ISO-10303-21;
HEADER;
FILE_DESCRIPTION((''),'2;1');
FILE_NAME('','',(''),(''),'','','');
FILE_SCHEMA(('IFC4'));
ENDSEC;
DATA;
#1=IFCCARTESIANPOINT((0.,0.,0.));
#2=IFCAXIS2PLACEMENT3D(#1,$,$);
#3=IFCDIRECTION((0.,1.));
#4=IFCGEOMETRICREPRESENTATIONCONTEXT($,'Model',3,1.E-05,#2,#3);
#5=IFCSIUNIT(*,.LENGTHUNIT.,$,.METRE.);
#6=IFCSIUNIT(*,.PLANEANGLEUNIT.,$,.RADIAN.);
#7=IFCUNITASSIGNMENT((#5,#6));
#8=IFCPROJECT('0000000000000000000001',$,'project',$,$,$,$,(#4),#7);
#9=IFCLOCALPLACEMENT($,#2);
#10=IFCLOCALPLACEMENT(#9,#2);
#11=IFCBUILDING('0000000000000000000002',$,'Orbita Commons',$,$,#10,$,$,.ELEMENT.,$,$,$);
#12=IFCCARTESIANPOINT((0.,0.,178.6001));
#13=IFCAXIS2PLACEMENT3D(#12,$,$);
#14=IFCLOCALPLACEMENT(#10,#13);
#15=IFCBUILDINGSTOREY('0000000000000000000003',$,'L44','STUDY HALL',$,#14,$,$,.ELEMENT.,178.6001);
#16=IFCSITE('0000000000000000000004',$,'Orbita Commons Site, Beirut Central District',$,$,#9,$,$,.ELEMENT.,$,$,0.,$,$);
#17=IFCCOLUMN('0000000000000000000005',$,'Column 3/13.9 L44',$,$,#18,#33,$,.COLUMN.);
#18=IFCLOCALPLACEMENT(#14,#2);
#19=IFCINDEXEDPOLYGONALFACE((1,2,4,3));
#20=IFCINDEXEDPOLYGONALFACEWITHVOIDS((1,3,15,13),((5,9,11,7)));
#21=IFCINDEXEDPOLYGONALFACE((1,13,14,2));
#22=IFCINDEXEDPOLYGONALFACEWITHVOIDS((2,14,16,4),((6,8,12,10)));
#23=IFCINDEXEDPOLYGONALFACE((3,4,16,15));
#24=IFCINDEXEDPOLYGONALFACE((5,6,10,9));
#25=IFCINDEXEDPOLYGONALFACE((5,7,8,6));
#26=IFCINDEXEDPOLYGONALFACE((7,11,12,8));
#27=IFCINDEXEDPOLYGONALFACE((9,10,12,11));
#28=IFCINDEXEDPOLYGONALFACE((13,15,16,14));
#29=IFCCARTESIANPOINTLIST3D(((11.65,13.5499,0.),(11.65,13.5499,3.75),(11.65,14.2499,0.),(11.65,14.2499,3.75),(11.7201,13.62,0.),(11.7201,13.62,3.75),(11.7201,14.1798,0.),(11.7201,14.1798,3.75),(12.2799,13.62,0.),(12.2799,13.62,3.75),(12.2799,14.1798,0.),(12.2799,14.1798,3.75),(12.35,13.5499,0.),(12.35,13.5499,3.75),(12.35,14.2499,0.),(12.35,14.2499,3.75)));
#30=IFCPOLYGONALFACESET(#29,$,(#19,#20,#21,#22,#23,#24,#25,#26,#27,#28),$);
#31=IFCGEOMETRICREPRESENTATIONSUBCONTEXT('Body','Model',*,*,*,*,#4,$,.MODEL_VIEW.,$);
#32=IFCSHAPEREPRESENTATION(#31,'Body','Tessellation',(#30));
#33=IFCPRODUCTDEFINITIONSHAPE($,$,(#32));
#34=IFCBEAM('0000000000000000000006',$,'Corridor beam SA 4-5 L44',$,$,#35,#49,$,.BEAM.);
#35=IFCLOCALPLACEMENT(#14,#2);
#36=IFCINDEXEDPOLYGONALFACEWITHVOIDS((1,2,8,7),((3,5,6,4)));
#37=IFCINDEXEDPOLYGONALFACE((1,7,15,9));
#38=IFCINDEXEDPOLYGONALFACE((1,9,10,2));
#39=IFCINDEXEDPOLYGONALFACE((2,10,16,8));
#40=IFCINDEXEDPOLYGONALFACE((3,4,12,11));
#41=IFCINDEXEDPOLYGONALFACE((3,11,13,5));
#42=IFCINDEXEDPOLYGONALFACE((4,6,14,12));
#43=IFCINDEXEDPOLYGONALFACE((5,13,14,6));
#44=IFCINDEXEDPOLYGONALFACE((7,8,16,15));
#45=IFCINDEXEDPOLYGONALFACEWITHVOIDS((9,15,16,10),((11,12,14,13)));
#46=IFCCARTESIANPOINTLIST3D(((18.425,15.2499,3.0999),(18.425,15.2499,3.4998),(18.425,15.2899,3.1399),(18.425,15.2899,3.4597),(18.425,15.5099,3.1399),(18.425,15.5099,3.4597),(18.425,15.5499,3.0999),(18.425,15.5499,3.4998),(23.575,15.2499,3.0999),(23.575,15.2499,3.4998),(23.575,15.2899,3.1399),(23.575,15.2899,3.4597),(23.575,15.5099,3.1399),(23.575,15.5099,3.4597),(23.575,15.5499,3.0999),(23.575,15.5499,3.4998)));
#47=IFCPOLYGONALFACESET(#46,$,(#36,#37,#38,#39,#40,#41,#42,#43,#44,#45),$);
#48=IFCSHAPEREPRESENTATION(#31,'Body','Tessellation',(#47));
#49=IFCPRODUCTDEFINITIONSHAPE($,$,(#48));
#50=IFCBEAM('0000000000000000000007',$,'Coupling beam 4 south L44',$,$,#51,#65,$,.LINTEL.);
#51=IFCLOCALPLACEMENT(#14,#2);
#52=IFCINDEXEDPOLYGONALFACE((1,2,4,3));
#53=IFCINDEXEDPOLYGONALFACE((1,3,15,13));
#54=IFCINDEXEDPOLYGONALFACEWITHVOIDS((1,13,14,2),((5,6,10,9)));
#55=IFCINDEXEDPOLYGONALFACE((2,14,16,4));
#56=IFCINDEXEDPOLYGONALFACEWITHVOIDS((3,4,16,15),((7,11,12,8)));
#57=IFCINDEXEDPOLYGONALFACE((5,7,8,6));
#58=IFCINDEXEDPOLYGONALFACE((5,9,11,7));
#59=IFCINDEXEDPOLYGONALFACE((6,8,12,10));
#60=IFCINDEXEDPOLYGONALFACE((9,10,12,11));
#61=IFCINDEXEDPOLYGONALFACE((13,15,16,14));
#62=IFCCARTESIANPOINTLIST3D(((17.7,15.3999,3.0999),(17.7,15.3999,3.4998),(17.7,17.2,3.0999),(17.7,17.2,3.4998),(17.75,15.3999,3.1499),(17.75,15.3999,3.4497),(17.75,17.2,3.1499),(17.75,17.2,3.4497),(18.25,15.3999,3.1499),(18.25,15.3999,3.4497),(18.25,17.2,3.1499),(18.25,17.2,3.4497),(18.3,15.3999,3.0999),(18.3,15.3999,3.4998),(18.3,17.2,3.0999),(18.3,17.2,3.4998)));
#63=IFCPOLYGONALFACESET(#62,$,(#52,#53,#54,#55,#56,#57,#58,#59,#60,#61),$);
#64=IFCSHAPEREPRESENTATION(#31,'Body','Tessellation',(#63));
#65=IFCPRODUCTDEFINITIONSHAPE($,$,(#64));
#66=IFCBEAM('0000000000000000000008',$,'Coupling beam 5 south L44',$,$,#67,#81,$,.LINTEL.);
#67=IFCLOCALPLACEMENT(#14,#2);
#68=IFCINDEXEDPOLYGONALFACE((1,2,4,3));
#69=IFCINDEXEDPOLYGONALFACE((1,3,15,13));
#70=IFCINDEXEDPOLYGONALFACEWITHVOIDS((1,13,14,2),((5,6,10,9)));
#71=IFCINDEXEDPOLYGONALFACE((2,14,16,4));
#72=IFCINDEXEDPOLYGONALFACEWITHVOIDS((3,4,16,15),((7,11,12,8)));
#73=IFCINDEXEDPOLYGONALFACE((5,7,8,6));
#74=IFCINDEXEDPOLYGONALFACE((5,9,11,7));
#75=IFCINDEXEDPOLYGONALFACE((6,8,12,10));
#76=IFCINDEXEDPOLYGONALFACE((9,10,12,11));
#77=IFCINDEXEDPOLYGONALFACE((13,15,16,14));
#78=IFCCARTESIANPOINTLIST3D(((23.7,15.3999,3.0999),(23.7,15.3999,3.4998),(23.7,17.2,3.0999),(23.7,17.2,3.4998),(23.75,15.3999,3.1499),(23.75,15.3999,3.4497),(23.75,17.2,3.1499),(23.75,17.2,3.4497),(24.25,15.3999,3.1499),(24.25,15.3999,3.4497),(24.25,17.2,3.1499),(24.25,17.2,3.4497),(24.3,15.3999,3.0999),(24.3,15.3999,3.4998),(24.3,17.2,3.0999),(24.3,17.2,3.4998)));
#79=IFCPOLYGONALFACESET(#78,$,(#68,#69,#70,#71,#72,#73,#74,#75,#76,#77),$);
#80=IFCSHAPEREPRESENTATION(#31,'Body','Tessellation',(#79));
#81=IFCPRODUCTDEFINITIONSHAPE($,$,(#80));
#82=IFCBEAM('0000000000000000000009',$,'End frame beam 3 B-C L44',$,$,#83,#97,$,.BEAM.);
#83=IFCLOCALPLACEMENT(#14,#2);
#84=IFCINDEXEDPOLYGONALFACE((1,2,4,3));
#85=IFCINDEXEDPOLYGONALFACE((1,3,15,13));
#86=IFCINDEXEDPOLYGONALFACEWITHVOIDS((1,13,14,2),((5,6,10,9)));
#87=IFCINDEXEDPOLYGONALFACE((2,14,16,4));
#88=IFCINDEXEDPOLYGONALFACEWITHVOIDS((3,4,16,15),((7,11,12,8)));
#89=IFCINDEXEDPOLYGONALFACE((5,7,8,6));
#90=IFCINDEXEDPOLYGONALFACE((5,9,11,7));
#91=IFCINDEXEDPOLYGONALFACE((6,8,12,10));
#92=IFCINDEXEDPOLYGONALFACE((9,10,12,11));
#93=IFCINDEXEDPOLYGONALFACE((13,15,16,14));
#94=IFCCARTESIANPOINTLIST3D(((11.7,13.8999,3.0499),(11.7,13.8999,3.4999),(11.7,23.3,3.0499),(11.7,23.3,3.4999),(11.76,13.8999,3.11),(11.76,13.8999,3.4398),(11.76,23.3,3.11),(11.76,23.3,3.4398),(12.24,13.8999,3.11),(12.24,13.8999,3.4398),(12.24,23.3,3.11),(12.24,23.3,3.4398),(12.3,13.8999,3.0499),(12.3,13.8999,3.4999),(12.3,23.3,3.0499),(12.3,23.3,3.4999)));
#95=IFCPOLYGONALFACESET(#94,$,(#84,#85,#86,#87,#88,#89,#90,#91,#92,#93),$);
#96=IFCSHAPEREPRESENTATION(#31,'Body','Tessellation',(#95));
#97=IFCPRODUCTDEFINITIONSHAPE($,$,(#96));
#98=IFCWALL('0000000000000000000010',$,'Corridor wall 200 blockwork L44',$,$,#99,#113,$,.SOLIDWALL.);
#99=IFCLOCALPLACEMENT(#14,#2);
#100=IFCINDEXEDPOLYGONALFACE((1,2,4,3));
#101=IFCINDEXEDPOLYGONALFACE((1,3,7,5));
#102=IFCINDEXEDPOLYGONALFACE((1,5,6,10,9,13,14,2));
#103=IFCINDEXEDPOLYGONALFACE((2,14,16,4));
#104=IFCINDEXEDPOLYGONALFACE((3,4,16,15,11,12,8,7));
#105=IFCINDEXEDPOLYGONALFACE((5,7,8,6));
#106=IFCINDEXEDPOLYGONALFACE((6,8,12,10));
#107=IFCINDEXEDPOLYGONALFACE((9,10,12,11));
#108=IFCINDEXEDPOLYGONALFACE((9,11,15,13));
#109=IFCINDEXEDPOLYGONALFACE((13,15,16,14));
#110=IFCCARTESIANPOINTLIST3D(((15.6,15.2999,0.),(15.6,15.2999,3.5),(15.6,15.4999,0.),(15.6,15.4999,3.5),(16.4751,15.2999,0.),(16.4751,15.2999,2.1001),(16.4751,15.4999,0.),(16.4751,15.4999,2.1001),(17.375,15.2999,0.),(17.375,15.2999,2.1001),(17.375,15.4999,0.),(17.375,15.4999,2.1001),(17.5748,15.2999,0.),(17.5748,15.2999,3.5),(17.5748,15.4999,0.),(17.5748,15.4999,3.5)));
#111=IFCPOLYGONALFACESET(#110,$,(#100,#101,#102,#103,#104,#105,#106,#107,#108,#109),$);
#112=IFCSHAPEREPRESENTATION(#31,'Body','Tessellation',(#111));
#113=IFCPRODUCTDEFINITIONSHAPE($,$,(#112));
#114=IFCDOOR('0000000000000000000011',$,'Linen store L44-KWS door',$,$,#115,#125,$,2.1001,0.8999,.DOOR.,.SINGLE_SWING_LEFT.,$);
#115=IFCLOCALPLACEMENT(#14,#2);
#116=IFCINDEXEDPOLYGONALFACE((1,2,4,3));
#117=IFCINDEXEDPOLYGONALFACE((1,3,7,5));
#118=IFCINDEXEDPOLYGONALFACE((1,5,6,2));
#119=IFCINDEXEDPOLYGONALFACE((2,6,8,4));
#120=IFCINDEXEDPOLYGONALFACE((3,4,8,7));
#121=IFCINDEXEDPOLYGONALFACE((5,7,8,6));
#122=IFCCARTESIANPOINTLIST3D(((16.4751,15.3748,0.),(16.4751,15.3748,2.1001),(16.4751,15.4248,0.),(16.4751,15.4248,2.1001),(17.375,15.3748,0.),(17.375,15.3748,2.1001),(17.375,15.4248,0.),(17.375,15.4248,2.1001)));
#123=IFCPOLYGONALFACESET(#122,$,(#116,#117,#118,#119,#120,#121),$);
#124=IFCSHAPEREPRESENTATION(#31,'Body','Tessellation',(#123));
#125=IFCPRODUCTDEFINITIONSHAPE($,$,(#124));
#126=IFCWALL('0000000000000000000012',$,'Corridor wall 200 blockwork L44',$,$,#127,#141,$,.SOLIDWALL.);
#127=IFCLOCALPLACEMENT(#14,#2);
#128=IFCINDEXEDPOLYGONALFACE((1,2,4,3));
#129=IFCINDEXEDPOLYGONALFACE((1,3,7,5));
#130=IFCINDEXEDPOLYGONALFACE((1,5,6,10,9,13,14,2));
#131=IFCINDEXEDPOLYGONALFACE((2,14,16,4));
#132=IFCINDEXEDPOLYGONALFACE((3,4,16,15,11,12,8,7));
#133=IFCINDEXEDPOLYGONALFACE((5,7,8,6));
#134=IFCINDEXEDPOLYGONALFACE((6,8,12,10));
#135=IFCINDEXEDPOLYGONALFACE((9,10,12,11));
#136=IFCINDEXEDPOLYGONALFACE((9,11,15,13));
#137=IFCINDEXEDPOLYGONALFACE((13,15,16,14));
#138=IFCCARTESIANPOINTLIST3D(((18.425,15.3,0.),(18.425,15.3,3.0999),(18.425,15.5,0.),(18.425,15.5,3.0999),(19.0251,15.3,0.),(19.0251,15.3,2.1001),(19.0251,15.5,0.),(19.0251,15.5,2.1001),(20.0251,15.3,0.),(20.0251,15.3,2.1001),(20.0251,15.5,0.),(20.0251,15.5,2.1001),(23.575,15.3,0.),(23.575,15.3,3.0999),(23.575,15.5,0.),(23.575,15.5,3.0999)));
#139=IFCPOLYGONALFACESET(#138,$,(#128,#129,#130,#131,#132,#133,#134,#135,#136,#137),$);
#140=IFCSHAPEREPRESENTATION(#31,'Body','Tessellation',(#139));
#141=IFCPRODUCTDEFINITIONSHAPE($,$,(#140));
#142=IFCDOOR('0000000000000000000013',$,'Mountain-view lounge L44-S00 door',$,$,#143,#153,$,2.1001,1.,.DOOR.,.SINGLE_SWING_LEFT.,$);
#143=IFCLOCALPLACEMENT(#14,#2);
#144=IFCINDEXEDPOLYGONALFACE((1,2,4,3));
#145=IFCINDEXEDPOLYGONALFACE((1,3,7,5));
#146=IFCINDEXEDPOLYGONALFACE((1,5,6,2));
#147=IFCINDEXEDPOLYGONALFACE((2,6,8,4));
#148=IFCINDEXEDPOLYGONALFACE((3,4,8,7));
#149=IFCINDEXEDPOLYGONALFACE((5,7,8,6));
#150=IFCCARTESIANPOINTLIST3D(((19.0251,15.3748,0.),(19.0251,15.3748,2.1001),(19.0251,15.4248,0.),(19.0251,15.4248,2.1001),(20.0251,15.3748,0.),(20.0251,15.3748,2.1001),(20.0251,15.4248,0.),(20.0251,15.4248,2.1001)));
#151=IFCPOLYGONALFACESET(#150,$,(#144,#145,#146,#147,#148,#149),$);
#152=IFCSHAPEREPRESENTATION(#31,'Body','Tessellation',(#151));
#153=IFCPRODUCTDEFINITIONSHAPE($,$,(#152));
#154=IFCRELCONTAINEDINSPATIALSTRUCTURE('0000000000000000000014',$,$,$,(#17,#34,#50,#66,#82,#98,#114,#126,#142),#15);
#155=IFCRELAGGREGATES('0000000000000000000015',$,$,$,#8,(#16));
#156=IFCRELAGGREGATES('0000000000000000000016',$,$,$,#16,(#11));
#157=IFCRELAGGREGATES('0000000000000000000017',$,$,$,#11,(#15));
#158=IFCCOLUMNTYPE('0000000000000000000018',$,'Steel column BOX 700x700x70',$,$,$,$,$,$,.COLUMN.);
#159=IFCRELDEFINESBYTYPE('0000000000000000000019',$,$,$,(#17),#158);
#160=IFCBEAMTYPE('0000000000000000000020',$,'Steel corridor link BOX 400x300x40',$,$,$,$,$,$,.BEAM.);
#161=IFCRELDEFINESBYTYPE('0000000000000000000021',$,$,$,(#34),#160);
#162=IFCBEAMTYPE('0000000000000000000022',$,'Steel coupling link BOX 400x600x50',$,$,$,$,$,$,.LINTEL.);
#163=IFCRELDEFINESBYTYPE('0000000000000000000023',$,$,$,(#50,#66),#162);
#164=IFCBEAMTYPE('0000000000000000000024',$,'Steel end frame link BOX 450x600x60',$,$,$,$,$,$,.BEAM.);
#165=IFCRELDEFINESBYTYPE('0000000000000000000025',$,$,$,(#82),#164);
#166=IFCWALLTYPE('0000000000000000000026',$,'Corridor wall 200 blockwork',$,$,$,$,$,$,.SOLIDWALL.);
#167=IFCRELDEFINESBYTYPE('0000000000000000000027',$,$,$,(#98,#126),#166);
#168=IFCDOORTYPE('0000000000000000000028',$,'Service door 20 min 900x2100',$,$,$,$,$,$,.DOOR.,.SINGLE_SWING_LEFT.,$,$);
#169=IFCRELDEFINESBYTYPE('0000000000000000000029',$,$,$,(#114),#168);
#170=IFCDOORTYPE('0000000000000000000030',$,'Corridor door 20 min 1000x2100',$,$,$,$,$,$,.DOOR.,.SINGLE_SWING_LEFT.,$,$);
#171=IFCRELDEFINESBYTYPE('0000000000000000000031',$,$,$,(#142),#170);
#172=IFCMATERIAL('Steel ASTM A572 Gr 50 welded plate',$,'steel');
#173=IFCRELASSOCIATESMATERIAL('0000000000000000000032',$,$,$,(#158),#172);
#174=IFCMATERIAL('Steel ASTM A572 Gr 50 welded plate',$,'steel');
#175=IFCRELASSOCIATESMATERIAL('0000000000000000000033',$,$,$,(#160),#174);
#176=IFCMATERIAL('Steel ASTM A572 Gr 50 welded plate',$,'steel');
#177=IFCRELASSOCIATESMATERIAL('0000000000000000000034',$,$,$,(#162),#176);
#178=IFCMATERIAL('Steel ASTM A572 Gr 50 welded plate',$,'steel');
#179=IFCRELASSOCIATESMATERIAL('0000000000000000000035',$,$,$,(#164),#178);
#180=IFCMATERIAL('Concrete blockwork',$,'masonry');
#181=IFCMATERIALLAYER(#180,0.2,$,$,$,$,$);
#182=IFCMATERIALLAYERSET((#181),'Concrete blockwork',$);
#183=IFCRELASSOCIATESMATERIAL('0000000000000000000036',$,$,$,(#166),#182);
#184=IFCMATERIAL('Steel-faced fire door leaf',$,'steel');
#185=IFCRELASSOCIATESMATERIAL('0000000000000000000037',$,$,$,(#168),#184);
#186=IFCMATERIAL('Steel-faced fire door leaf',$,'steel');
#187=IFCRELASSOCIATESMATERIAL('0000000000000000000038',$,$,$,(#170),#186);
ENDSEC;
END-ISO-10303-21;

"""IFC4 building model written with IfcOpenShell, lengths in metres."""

from ifc_helpers import new_model, si_unit, direction, frame, frame_2d, origin, origin_2d, place, context, subcontext, project, spatial, polyline, rectangle, hollow_rectangle, outline, extrude, material, layer, layer_set, material_profile, profile_set, type_object, element, fill, save


model = new_model("IFC4")

# Units and contexts
model_context = context("Model", 3, precision=1e-05, world=origin(), true_north=direction((0.0, 1.0)))
body_context = subcontext(model_context, "Body", "Model", "MODEL_VIEW")
ifc_project = project(units=[si_unit("LENGTHUNIT", "METRE"), si_unit("PLANEANGLEUNIT", "RADIAN")], contexts=[model_context])

# Site, building, storey
site_placement = place(None, origin())
site = spatial("IfcSite", under=ifc_project, at=site_placement, Name="Orbita Commons Site, Beirut Central District", CompositionType="ELEMENT", RefElevation=0.0)
building_placement = place(site_placement, origin())
building = spatial("IfcBuilding", under=site, at=building_placement, Name="Orbita Commons", CompositionType="ELEMENT")
storey_placement = place(building_placement, frame((0.0, 0.0, 178.6001)))
storey = spatial("IfcBuildingStorey", under=building, at=storey_placement, Name="L44", Description="STUDY HALL", CompositionType="ELEMENT", Elevation=178.6001)

# Column
ifc_material_1 = material(Name="Steel ASTM A572 Gr 50 welded plate", Category="steel")
ifc_material_profile_1 = material_profile(ifc_material_1, hollow_rectangle(XDim=0.7, YDim=0.7, WallThickness=0.0701, at=origin_2d()), Name="BOX 700x700x70")
ifc_profile_set_1 = profile_set([ifc_material_profile_1], Name="Steel ASTM A572 Gr 50 welded plate")
column_type = type_object("IfcColumnType", Name="Steel column BOX 700x700x70", PredefinedType="COLUMN", material=ifc_profile_set_1)
column_placement = place(storey_placement, frame((12.0, 13.8999, 0.0), z_axis=(0.0, 0.0, 1.0), x_axis=(1.0, 0.0, 0.0)))
element("IfcColumn", 1, at=column_placement, inside=storey, type_object=column_type, Name="Column 3/13.9 L44", PredefinedType="COLUMN", context=body_context, shape_type="SweptSolid", body=[
    extrude(hollow_rectangle(XDim=0.7, YDim=0.7, WallThickness=0.0701, at=origin_2d()), origin(), (0.0, 0.0, 1.0), 3.75),
])

# Beams
ifc_material_2 = material(Name="Steel ASTM A572 Gr 50 welded plate", Category="steel")
ifc_material_profile_2 = material_profile(ifc_material_2, hollow_rectangle(XDim=0.3, YDim=0.3999, WallThickness=0.04, at=origin_2d()), Name="BOX 400x300x40")
ifc_profile_set_2 = profile_set([ifc_material_profile_2], Name="Steel ASTM A572 Gr 50 welded plate")
beam_type_1 = type_object("IfcBeamType", Name="Steel corridor link BOX 400x300x40", PredefinedType="BEAM", material=ifc_profile_set_2)
beam_1_placement = place(storey_placement, frame((18.425, 15.3999, 3.2998), z_axis=(1.0, 0.0, 0.0), x_axis=(0.0, 1.0, 0.0)))
element("IfcBeam", 2, at=beam_1_placement, inside=storey, type_object=beam_type_1, Name="Corridor beam SA 4-5 L44", PredefinedType="BEAM", context=body_context, shape_type="SweptSolid", body=[
    extrude(hollow_rectangle(XDim=0.3, YDim=0.3999, WallThickness=0.04, at=origin_2d()), origin(), (0.0, 0.0, 1.0), 5.1499),
])
ifc_material_3 = material(Name="Steel ASTM A572 Gr 50 welded plate", Category="steel")
ifc_material_profile_3 = material_profile(ifc_material_3, hollow_rectangle(XDim=0.6001, YDim=0.3999, WallThickness=0.05, at=origin_2d()), Name="BOX 400x600x50")
ifc_profile_set_3 = profile_set([ifc_material_profile_3], Name="Steel ASTM A572 Gr 50 welded plate")
beam_type_2 = type_object("IfcBeamType", Name="Steel coupling link BOX 400x600x50", PredefinedType="LINTEL", material=ifc_profile_set_3)
for number, where, z_axis, x_axis, name in (
    (3, (18.0, 15.3999, 3.2998), (0.0, 1.0, 0.0), (-1.0, 0.0, 0.0), "Coupling beam 4 south L44"),
    (4, (24.0, 15.3999, 3.2998), (0.0, 1.0, 0.0), (-1.0, 0.0, 0.0), "Coupling beam 5 south L44"),
):
    element("IfcBeam", number, at=place(storey_placement, frame(where, z_axis=z_axis, x_axis=x_axis)), inside=storey, type_object=beam_type_2, Name=name, PredefinedType="LINTEL", context=body_context, shape_type="SweptSolid", body=[
        extrude(hollow_rectangle(XDim=0.6001, YDim=0.3999, WallThickness=0.05, at=origin_2d()), origin(), (0.0, 0.0, 1.0), 1.8),
    ])
ifc_material_4 = material(Name="Steel ASTM A572 Gr 50 welded plate", Category="steel")
ifc_material_profile_4 = material_profile(ifc_material_4, hollow_rectangle(XDim=0.6001, YDim=0.45, WallThickness=0.0601, at=origin_2d()), Name="BOX 450x600x60")
ifc_profile_set_4 = profile_set([ifc_material_profile_4], Name="Steel ASTM A572 Gr 50 welded plate")
beam_type_3 = type_object("IfcBeamType", Name="Steel end frame link BOX 450x600x60", PredefinedType="BEAM", material=ifc_profile_set_4)
beam_2_placement = place(storey_placement, frame((12.0, 13.8999, 3.2749), z_axis=(0.0, 1.0, 0.0), x_axis=(-1.0, 0.0, 0.0)))
element("IfcBeam", 5, at=beam_2_placement, inside=storey, type_object=beam_type_3, Name="End frame beam 3 B-C L44", PredefinedType="BEAM", context=body_context, shape_type="SweptSolid", body=[
    extrude(hollow_rectangle(XDim=0.6001, YDim=0.45, WallThickness=0.0601, at=origin_2d()), origin(), (0.0, 0.0, 1.0), 9.4001),
])

# Walls, openings, doors
ifc_material_5 = material(Name="Concrete blockwork", Category="masonry")
ifc_layer_1 = layer(ifc_material_5, 0.2)
ifc_layer_set_1 = layer_set([ifc_layer_1], Name="Concrete blockwork")
wall_type_1 = type_object("IfcWallType", Name="Corridor wall 200 blockwork", PredefinedType="SOLIDWALL", material=ifc_layer_set_1)
wall_1_placement = place(storey_placement, frame((15.6001, 15.3999, 0.0), z_axis=(0.0, 0.0, 1.0), x_axis=(1.0, 0.0, 0.0)))
wall_1 = element("IfcWall", 6, at=wall_1_placement, inside=storey, type_object=wall_type_1, Name="Corridor wall 200 blockwork L44", PredefinedType="SOLIDWALL", context=body_context, shape_type="SweptSolid", body=[
    extrude(rectangle(XDim=1.9749, YDim=0.2, at=frame_2d((0.9873, 0.0))), origin(), (0.0, 0.0, 1.0), 3.5),
])
opening_1_placement = place(wall_1_placement, frame((0.875, 0.0, 0.0)))
opening_1 = element("IfcOpeningElement", 7, at=opening_1_placement, cuts=wall_1, PredefinedType="OPENING", context=body_context, shape_type="SweptSolid", body=[
    extrude(rectangle(XDim=0.8999, YDim=2.1001, at=frame_2d((0.45, 1.05))), frame((0.0, 0.1099, 0.0), z_axis=(0.0, -1.0, 0.0), x_axis=(1.0, 0.0, 0.0)), (0.0, 0.0, 1.0), 0.22),
])
ifc_material_6 = material(Name="Steel-faced fire door leaf", Category="steel")
door_type_1 = type_object("IfcDoorType", Name="Service door 20 min 900x2100", OperationType="SINGLE_SWING_LEFT", PredefinedType="DOOR", material=ifc_material_6)
door_1_placement = place(opening_1_placement, origin())
door_1 = element("IfcDoor", 8, at=door_1_placement, inside=storey, type_object=door_type_1, Name="Linen store L44-KWS door", OperationType="SINGLE_SWING_LEFT", OverallHeight=2.1001, OverallWidth=0.8999, PredefinedType="DOOR", context=body_context, shape_type="SweptSolid", body=[
    extrude(rectangle(XDim=0.8999, YDim=2.1001, at=frame_2d((0.45, 1.05))), frame((0.0, 0.0249, 0.0), z_axis=(0.0, -1.0, 0.0), x_axis=(1.0, 0.0, 0.0)), (0.0, 0.0, 1.0), 0.05),
])
fill(opening_1, door_1)
wall_2_placement = place(storey_placement, frame((18.425, 15.3999, 0.0), z_axis=(0.0, 0.0, 1.0), x_axis=(1.0, 0.0, 0.0)))
wall_2 = element("IfcWall", 9, at=wall_2_placement, inside=storey, type_object=wall_type_1, Name="Corridor wall 200 blockwork L44", PredefinedType="SOLIDWALL", context=body_context, shape_type="SweptSolid", body=[
    extrude(outline(polyline([(0.0, 0.0), (5.1499, 0.0), (5.1499, 3.0999), (0.0, 3.0999), (0.0, 0.0)])), frame((0.0, 0.1001, 0.0), z_axis=(0.0, -1.0, 0.0), x_axis=(1.0, 0.0, 0.0)), (0.0, 0.0, 1.0), 0.2),
])
opening_2_placement = place(wall_2_placement, frame((0.6001, 0.0, 0.0)))
opening_2 = element("IfcOpeningElement", 10, at=opening_2_placement, cuts=wall_2, PredefinedType="OPENING", context=body_context, shape_type="SweptSolid", body=[
    extrude(rectangle(XDim=1.0, YDim=2.1001, at=frame_2d((0.5, 1.05))), frame((0.0, 0.1099, 0.0), z_axis=(0.0, -1.0, 0.0), x_axis=(1.0, 0.0, 0.0)), (0.0, 0.0, 1.0), 0.22),
])
ifc_material_7 = material(Name="Steel-faced fire door leaf", Category="steel")
door_type_2 = type_object("IfcDoorType", Name="Corridor door 20 min 1000x2100", OperationType="SINGLE_SWING_LEFT", PredefinedType="DOOR", material=ifc_material_7)
door_2_placement = place(opening_2_placement, origin())
door_2 = element("IfcDoor", 11, at=door_2_placement, inside=storey, type_object=door_type_2, Name="Mountain-view lounge L44-S00 door", OperationType="SINGLE_SWING_LEFT", OverallHeight=2.1001, OverallWidth=1.0, PredefinedType="DOOR", context=body_context, shape_type="SweptSolid", body=[
    extrude(rectangle(XDim=1.0, YDim=2.1001, at=frame_2d((0.5, 1.05))), frame((0.0, 0.0249, 0.0), z_axis=(0.0, -1.0, 0.0), x_axis=(1.0, 0.0, 0.0)), (0.0, 0.0, 1.0), 0.05),
])
fill(opening_2, door_2)

save(model, "model.ifc")
